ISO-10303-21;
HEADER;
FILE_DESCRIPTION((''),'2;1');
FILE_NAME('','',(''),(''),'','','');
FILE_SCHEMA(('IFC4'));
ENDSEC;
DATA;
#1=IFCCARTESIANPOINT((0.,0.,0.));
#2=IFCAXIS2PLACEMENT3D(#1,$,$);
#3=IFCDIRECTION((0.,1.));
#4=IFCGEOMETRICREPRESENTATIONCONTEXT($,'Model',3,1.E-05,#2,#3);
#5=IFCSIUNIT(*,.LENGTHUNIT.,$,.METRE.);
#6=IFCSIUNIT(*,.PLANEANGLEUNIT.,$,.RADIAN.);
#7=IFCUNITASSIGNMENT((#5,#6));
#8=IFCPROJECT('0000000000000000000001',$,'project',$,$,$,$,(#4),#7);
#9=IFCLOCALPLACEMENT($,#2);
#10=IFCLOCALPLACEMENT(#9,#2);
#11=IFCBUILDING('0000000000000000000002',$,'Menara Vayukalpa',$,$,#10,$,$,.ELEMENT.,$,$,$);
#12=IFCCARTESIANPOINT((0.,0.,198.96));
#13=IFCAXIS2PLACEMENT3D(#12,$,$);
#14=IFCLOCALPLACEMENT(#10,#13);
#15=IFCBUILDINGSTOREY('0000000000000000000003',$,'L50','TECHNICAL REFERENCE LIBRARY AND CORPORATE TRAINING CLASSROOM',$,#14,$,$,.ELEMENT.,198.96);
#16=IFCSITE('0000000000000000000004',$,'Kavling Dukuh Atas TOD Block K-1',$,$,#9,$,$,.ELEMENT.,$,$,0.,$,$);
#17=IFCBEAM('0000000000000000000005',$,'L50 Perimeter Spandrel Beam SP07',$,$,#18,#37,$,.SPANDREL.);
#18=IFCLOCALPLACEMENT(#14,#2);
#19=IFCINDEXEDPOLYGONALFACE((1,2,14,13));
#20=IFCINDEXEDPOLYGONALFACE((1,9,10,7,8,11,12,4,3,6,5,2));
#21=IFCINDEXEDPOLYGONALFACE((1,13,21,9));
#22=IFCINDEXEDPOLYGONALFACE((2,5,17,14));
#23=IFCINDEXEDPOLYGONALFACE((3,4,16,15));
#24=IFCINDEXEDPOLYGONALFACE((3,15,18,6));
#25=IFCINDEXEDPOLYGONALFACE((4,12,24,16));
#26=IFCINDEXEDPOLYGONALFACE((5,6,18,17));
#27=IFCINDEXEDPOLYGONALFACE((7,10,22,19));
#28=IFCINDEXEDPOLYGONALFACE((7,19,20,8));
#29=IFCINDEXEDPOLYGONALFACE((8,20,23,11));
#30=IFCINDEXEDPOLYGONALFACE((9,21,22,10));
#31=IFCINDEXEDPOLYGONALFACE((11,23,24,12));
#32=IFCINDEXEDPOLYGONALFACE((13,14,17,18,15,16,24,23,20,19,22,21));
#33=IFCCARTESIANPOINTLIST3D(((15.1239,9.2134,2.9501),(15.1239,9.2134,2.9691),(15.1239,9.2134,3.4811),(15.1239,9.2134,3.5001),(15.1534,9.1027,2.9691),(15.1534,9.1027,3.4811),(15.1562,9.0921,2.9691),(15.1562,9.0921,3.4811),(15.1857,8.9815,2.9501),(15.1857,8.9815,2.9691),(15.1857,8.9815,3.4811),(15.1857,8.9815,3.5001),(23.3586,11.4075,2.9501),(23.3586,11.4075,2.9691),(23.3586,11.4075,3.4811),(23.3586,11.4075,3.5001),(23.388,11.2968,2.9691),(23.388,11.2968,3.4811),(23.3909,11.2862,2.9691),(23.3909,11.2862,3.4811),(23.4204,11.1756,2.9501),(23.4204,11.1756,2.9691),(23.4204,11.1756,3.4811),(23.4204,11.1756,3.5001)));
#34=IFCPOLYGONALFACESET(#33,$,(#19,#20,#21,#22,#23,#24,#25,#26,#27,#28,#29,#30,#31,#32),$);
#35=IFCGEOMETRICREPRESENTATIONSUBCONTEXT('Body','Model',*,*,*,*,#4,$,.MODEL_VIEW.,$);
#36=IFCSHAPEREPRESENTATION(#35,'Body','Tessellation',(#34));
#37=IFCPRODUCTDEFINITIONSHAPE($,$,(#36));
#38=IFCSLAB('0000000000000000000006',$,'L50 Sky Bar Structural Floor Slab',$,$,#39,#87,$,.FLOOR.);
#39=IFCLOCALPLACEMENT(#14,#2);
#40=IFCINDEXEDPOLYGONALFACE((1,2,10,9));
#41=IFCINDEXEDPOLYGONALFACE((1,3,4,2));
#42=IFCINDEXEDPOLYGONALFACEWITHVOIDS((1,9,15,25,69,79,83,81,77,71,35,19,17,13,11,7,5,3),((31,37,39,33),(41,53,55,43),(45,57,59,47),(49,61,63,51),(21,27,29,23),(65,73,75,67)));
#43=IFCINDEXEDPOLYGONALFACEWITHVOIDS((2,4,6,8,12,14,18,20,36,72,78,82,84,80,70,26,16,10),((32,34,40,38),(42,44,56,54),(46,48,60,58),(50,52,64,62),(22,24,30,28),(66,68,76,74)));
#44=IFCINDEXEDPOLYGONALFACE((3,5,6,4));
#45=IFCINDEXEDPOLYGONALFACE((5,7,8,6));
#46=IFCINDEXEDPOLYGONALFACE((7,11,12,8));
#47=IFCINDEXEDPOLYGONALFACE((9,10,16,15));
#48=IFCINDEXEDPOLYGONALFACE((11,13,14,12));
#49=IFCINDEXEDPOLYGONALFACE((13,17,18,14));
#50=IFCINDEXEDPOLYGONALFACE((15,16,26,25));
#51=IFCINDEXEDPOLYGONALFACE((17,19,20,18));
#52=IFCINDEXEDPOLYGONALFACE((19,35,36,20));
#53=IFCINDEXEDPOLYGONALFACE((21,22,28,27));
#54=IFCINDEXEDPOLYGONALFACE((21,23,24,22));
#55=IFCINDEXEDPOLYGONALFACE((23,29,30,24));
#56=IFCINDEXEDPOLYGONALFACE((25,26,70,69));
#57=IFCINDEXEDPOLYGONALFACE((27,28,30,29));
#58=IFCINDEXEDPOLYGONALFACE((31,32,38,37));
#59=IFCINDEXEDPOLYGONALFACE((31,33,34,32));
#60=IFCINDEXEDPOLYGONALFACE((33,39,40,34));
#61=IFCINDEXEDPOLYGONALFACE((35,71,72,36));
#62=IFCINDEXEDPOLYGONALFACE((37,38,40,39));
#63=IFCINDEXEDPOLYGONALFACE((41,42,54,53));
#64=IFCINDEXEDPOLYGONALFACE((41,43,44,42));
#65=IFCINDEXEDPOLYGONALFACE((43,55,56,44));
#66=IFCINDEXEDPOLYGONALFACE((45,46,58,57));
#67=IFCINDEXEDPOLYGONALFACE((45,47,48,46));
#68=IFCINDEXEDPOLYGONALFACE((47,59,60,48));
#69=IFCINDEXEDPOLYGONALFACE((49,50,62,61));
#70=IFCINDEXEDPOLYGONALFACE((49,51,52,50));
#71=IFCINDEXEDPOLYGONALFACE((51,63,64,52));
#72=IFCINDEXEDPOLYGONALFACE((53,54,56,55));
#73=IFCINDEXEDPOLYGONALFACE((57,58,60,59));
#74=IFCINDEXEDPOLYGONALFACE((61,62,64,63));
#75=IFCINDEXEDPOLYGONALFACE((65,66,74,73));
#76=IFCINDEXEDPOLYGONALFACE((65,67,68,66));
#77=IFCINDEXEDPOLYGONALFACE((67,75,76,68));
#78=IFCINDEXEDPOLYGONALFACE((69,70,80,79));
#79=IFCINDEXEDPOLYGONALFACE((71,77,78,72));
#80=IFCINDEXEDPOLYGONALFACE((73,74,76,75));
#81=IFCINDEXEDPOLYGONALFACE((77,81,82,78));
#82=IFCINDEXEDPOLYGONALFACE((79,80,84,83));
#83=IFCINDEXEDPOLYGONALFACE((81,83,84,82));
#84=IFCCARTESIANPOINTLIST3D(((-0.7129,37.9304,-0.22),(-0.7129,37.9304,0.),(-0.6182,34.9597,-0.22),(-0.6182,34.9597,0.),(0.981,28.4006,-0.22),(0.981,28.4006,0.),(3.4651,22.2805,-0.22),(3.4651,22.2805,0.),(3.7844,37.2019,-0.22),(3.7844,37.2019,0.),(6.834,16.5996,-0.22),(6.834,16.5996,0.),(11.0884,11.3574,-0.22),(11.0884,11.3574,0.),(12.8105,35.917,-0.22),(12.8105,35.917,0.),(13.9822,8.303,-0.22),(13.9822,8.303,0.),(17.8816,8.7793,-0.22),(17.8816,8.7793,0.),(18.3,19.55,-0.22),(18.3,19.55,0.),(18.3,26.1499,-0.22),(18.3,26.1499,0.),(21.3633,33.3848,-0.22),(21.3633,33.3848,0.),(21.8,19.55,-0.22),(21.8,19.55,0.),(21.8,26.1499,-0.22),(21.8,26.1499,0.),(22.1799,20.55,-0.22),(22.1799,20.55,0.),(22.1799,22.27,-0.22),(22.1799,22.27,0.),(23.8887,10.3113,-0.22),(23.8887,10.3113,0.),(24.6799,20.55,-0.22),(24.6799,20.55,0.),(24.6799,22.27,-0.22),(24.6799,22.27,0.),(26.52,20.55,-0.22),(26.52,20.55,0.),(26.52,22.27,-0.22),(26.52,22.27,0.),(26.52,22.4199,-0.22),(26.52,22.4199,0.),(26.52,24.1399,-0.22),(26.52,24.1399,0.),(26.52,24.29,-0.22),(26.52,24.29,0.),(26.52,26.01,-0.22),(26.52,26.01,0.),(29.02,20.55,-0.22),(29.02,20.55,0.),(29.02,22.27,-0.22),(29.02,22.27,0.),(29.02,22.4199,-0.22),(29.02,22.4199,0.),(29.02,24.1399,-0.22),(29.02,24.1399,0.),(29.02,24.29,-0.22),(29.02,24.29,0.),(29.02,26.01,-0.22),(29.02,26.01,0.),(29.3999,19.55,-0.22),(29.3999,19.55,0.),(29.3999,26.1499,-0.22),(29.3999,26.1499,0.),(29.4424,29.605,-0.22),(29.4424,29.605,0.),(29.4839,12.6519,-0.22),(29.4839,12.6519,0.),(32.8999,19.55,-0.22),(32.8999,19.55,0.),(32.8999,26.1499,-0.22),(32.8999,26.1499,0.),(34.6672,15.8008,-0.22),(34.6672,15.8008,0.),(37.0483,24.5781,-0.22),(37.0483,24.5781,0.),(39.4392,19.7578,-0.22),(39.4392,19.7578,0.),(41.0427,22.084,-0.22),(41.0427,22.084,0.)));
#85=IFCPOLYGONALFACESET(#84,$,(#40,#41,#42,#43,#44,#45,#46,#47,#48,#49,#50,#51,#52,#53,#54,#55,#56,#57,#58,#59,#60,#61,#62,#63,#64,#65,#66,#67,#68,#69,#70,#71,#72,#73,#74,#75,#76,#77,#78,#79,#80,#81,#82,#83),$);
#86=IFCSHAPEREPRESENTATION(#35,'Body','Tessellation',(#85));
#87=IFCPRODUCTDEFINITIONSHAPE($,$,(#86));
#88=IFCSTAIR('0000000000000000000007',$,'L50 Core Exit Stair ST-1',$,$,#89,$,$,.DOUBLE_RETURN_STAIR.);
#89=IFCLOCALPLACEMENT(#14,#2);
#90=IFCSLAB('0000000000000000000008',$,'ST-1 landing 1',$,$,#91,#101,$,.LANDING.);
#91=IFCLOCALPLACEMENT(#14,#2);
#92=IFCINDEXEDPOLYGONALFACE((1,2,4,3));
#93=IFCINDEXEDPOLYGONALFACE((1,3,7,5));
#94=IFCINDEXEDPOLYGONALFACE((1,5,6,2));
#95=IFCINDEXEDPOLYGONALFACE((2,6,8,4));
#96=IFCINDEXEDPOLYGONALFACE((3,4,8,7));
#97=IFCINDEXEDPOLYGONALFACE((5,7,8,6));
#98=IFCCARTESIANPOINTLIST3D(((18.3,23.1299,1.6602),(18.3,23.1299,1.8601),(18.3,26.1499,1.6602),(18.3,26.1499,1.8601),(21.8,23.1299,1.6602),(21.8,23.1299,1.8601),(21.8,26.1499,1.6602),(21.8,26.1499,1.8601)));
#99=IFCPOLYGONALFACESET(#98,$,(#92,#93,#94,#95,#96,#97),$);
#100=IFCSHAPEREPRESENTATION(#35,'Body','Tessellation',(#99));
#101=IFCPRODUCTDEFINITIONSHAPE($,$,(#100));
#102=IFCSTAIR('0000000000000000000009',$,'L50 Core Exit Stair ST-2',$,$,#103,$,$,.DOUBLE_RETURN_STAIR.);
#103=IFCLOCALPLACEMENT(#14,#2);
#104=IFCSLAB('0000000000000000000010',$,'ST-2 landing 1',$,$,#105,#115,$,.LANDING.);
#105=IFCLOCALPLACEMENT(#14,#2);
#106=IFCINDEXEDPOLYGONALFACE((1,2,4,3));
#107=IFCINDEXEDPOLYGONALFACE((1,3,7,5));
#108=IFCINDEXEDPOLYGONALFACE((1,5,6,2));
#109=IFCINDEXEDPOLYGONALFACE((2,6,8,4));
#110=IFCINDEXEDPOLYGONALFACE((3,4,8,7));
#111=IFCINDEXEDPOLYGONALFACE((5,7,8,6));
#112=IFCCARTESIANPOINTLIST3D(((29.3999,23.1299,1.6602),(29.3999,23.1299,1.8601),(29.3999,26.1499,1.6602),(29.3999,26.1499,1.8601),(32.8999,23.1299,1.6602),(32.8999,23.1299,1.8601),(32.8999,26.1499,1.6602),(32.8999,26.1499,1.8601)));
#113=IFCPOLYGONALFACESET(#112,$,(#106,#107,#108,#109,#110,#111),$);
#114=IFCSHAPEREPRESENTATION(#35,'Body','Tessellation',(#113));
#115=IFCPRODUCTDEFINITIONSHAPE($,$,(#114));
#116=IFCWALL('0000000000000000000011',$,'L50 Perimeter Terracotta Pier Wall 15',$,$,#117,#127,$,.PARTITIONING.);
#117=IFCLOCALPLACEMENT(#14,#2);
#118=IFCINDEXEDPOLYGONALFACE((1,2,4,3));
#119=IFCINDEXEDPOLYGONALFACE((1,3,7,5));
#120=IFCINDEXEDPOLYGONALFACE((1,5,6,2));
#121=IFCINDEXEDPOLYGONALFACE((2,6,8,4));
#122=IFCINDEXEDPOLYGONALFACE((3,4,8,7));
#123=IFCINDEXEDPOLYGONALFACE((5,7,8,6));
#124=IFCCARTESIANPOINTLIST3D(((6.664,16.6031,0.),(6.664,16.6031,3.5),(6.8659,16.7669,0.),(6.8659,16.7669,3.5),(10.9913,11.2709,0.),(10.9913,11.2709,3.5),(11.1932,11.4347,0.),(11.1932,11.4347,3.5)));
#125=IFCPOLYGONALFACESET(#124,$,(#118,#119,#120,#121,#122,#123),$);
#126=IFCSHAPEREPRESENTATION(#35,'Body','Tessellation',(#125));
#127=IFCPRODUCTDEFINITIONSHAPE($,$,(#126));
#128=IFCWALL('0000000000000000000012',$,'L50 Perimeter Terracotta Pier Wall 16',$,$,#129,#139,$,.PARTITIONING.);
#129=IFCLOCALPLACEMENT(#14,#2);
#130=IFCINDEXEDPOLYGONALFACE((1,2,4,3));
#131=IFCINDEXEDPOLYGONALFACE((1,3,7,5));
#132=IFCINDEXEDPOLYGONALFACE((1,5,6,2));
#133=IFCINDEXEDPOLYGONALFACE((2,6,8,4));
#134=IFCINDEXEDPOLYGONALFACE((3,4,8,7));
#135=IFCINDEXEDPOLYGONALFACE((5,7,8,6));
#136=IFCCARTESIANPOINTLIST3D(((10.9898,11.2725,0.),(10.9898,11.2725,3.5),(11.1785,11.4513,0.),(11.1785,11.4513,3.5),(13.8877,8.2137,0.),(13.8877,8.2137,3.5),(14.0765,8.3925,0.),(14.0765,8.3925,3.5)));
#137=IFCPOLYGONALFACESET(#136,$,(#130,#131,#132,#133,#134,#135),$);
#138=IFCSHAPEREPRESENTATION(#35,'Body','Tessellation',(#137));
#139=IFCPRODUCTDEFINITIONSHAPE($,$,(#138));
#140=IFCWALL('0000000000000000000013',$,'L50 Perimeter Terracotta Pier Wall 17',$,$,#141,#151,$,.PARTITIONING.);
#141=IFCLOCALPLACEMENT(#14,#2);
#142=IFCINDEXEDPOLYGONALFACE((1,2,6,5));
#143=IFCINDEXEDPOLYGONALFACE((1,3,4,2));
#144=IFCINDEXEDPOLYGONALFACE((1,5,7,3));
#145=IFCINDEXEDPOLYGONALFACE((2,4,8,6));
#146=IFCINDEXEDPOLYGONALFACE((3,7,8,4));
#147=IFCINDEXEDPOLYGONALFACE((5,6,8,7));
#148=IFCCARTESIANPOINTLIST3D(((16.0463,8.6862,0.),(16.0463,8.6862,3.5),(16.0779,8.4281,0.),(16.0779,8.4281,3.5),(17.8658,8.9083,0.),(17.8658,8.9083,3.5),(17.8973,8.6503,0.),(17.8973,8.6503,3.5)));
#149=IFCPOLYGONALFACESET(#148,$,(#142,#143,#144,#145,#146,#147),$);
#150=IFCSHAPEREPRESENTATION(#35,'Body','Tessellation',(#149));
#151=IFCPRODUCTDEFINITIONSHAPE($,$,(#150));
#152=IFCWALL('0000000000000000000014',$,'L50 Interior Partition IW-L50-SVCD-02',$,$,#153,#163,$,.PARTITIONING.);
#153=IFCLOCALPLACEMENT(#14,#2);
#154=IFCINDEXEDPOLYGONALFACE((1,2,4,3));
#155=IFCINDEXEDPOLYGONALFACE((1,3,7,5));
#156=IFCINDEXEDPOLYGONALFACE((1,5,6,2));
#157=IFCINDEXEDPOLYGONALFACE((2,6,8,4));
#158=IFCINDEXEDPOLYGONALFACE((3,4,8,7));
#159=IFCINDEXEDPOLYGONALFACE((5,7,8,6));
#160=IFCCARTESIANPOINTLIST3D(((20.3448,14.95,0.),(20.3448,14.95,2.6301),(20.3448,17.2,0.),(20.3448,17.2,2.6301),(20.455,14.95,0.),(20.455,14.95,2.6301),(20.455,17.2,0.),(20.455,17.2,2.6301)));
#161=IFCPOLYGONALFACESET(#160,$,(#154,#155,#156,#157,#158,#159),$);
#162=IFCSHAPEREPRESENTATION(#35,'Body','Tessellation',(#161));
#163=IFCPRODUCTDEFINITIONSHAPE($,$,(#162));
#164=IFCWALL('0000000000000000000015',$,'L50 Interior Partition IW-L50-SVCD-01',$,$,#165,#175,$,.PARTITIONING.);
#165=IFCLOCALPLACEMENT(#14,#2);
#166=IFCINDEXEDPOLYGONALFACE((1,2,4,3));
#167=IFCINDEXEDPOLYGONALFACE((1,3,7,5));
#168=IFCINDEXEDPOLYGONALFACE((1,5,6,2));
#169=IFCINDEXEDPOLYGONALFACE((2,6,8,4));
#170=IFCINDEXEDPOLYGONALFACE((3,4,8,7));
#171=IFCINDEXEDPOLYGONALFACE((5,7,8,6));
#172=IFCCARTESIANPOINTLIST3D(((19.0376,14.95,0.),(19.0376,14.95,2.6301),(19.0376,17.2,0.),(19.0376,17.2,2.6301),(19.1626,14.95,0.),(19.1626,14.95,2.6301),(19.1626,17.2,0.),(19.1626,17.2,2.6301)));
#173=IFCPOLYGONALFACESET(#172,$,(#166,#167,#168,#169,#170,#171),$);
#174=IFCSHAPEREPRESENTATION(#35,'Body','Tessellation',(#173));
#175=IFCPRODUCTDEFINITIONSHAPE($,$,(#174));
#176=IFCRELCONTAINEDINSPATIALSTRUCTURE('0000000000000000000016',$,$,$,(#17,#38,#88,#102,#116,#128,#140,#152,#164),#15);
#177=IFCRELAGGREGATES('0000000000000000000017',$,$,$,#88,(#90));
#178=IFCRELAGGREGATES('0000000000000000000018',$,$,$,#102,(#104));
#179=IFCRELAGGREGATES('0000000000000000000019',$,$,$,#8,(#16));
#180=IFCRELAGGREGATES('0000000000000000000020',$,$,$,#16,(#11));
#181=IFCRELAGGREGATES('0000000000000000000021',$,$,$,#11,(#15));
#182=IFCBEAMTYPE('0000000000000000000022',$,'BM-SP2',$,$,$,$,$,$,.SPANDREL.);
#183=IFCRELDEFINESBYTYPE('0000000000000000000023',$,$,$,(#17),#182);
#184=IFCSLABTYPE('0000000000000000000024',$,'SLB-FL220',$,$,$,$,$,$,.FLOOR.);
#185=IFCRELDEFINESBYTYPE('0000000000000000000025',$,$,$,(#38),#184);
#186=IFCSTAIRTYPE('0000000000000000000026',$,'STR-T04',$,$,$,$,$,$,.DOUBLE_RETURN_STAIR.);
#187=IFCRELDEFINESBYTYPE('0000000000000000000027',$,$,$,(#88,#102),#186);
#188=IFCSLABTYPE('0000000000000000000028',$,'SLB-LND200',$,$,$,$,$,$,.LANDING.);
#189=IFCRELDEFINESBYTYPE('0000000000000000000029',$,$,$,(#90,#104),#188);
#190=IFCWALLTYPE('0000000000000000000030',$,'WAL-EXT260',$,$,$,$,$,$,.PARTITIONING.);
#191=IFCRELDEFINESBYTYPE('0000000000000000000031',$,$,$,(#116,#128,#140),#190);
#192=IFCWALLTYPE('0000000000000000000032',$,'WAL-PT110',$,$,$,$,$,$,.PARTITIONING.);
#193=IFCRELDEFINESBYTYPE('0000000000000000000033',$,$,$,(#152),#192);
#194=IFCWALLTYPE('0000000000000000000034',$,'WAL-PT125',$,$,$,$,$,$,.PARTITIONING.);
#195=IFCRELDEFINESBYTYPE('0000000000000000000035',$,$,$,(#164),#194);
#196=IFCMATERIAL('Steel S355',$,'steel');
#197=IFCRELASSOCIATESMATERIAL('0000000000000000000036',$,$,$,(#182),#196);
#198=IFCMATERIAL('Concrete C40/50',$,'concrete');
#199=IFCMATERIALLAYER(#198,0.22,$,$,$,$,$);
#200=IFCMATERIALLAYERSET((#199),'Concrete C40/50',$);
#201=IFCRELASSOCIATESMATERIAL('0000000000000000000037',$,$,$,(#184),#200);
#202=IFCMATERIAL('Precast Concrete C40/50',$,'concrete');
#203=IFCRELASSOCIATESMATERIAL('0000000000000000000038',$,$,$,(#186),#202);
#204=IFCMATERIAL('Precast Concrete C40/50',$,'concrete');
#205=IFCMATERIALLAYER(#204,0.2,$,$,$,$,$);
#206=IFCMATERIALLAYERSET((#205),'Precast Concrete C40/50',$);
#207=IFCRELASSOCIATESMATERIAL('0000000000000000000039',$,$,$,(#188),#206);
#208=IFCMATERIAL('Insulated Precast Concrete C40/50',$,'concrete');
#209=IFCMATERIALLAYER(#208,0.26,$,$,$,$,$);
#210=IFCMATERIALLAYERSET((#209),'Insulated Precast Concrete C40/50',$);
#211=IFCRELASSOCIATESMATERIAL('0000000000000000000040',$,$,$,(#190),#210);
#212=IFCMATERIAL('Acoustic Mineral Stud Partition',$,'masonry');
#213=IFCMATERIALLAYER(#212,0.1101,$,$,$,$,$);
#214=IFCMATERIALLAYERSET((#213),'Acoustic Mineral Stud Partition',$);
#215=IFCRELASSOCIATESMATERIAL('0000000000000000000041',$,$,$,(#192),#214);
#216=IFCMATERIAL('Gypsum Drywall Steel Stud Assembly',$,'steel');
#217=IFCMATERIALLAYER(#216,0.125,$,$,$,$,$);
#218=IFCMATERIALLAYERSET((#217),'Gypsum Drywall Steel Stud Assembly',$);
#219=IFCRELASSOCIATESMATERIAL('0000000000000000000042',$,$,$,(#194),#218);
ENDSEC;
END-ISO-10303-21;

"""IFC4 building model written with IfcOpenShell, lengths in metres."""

from ifc_helpers import new_model, si_unit, direction, frame, frame_2d, origin, origin_2d, place, context, subcontext, project, spatial, polyline, rectangle, i_section, outline, extrude, material, layer, layer_set, material_profile, profile_set, type_object, element, aggregate, save


model = new_model("IFC4")

# Units and contexts
model_context = context("Model", 3, precision=1e-05, world=origin(), true_north=direction((0.0, 1.0)))
body_context = subcontext(model_context, "Body", "Model", "MODEL_VIEW")
ifc_project = project(units=[si_unit("LENGTHUNIT", "METRE"), si_unit("PLANEANGLEUNIT", "RADIAN")], contexts=[model_context])

# Site, building, storey
site_placement = place(None, origin())
site = spatial("IfcSite", under=ifc_project, at=site_placement, Name="Kavling Dukuh Atas TOD Block K-1", CompositionType="ELEMENT", RefElevation=0.0)
building_placement = place(site_placement, origin())
building = spatial("IfcBuilding", under=site, at=building_placement, Name="Menara Vayukalpa", CompositionType="ELEMENT")
storey_placement = place(building_placement, frame((0.0, 0.0, 198.96)))
storey = spatial("IfcBuildingStorey", under=building, at=storey_placement, Name="L50", Description="TECHNICAL REFERENCE LIBRARY AND CORPORATE TRAINING CLASSROOM", CompositionType="ELEMENT", Elevation=198.96)

# Beam
ifc_material_1 = material(Name="Steel S355", Category="steel")
ifc_material_profile_1 = material_profile(ifc_material_1, i_section(OverallWidth=0.24, OverallDepth=0.55, WebThickness=0.011, FlangeThickness=0.019, at=origin_2d()), Name="WF 550x240x11x19")
ifc_profile_set_1 = profile_set([ifc_material_profile_1], Name="Steel S355")
beam_type_1 = type_object("IfcBeamType", Name="BM-SP2", PredefinedType="SPANDREL", material=ifc_profile_set_1)
beam_1_placement = place(storey_placement, frame((15.1548, 9.0974, 3.2251), z_axis=(0.966288, 0.257465, 0.0), x_axis=(-0.257465, 0.966288, 0.0)))
element("IfcBeam", 1, at=beam_1_placement, inside=storey, type_object=beam_type_1, Name="L50 Perimeter Spandrel Beam SP07", PredefinedType="SPANDREL", context=body_context, shape_type="SweptSolid", body=[
    extrude(i_section(OverallWidth=0.24, OverallDepth=0.55, WebThickness=0.011, FlangeThickness=0.019, at=origin_2d()), origin(), (0.0, 0.0, 1.0), 8.522),
])

# Slab
ifc_material_2 = material(Name="Concrete C40/50", Category="concrete")
ifc_layer_1 = layer(ifc_material_2, 0.22)
ifc_layer_set_1 = layer_set([ifc_layer_1], Name="Concrete C40/50")
slab_type_1 = type_object("IfcSlabType", Name="SLB-FL220", PredefinedType="FLOOR", material=ifc_layer_set_1)
slab_1_placement = place(storey_placement, frame((0.0, 0.0, -0.22)))
element("IfcSlab", 2, at=slab_1_placement, inside=storey, type_object=slab_type_1, Name="L50 Sky Bar Structural Floor Slab", PredefinedType="FLOOR", context=body_context, shape_type="SweptSolid", body=[
    extrude(outline(polyline([(39.4392, 19.7578), (41.0427, 22.084), (37.0483, 24.5781), (29.4424, 29.605), (21.3633, 33.3848), (12.8105, 35.917), (3.7844, 37.2019), (-0.7129, 37.9304), (-0.6182, 34.9597), (0.981, 28.4006), (3.4651, 22.2805), (6.834, 16.5996), (11.0884, 11.3574), (13.9822, 8.303), (17.8816, 8.7793), (23.8887, 10.3113), (29.4839, 12.6519), (34.6672, 15.8008), (39.4392, 19.7578)]), holes=[polyline([(21.8, 19.55), (21.8, 26.1499), (18.3, 26.1499), (18.3, 19.55), (21.8, 19.55)]), polyline([(32.8999, 19.55), (32.8999, 26.1499), (29.3999, 26.1499), (29.3999, 19.55), (32.8999, 19.55)]), polyline([(22.1799, 20.55), (24.6799, 20.55), (24.6799, 22.27), (22.1799, 22.27), (22.1799, 20.55)]), polyline([(26.52, 20.55), (29.02, 20.55), (29.02, 22.27), (26.52, 22.27), (26.52, 20.55)]), polyline([(26.52, 24.29), (29.02, 24.29), (29.02, 26.01), (26.52, 26.01), (26.52, 24.29)]), polyline([(26.52, 22.4199), (29.02, 22.4199), (29.02, 24.1399), (26.52, 24.1399), (26.52, 22.4199)])]), origin(), (0.0, 0.0, 1.0), 0.22),
])

# Stairs, slabs
ifc_material_3 = material(Name="Precast Concrete C40/50", Category="concrete")
stair_type = type_object("IfcStairType", Name="STR-T04", PredefinedType="DOUBLE_RETURN_STAIR", material=ifc_material_3)
stair_1_placement = place(storey_placement, origin())
stair_1 = element("IfcStair", 3, at=stair_1_placement, inside=storey, type_object=stair_type, Name="L50 Core Exit Stair ST-1", PredefinedType="DOUBLE_RETURN_STAIR")
ifc_material_4 = material(Name="Precast Concrete C40/50", Category="concrete")
ifc_layer_2 = layer(ifc_material_4, 0.2)
ifc_layer_set_2 = layer_set([ifc_layer_2], Name="Precast Concrete C40/50")
slab_type_2 = type_object("IfcSlabType", Name="SLB-LND200", PredefinedType="LANDING", material=ifc_layer_set_2)
slab_2_placement = place(storey_placement, frame((0.0, 0.0, 1.6602)))
slab_2 = element("IfcSlab", 4, at=slab_2_placement, type_object=slab_type_2, Name="ST-1 landing 1", PredefinedType="LANDING", context=body_context, shape_type="SweptSolid", body=[
    extrude(outline(polyline([(21.8, 23.1299), (21.8, 26.1499), (18.3, 26.1499), (18.3, 23.1299), (21.8, 23.1299)])), origin(), (0.0, 0.0, 1.0), 0.2),
])
aggregate(stair_1, [slab_2])
stair_2_placement = place(storey_placement, origin())
stair_2 = element("IfcStair", 5, at=stair_2_placement, inside=storey, type_object=stair_type, Name="L50 Core Exit Stair ST-2", PredefinedType="DOUBLE_RETURN_STAIR")
slab_3_placement = place(storey_placement, frame((0.0, 0.0, 1.6602)))
slab_3 = element("IfcSlab", 6, at=slab_3_placement, type_object=slab_type_2, Name="ST-2 landing 1", PredefinedType="LANDING", context=body_context, shape_type="SweptSolid", body=[
    extrude(outline(polyline([(32.8999, 23.1299), (32.8999, 26.1499), (29.3999, 26.1499), (29.3999, 23.1299), (32.8999, 23.1299)])), origin(), (0.0, 0.0, 1.0), 0.2),
])
aggregate(stair_2, [slab_3])

# Walls
ifc_material_5 = material(Name="Insulated Precast Concrete C40/50", Category="concrete")
ifc_layer_3 = layer(ifc_material_5, 0.26)
ifc_layer_set_3 = layer_set([ifc_layer_3], Name="Insulated Precast Concrete C40/50")
wall_type_1 = type_object("IfcWallType", Name="WAL-EXT260", PredefinedType="PARTITIONING", material=ifc_layer_set_3)
wall_1_placement = place(storey_placement, frame((11.0923, 11.3528, 0.0), z_axis=(0.0, 0.0, 1.0), x_axis=(-0.630147, 0.776476, 0.0)))
element("IfcWall", 7, at=wall_1_placement, inside=storey, type_object=wall_type_1, Name="L50 Perimeter Terracotta Pier Wall 15", PredefinedType="PARTITIONING", context=body_context, shape_type="SweptSolid", body=[
    extrude(rectangle(XDim=6.8672, YDim=0.26, at=frame_2d((3.4336, 0.0))), origin(), (0.0, 0.0, 1.0), 3.5),
])
wall_2_placement = place(storey_placement, frame((13.9822, 8.303, 0.0), z_axis=(0.0, 0.0, 1.0), x_axis=(-0.687758, 0.725941, 0.0)))
element("IfcWall", 8, at=wall_2_placement, inside=storey, type_object=wall_type_1, Name="L50 Perimeter Terracotta Pier Wall 16", PredefinedType="PARTITIONING", context=body_context, shape_type="SweptSolid", body=[
    extrude(rectangle(XDim=4.2136, YDim=0.26, at=frame_2d((2.1069, 0.0))), origin(), (0.0, 0.0, 1.0), 3.5),
])
wall_3_placement = place(storey_placement, frame((17.8816, 8.7793, 0.0), z_axis=(0.0, 0.0, 1.0), x_axis=(-0.992628, -0.121198, 0.0)))
element("IfcWall", 9, at=wall_3_placement, inside=storey, type_object=wall_type_1, Name="L50 Perimeter Terracotta Pier Wall 17", PredefinedType="PARTITIONING", context=body_context, shape_type="SweptSolid", body=[
    extrude(rectangle(XDim=1.833, YDim=0.26, at=frame_2d((0.9165, 0.0))), origin(), (0.0, 0.0, 1.0), 3.5),
])
ifc_material_6 = material(Name="Acoustic Mineral Stud Partition", Category="masonry")
ifc_layer_4 = layer(ifc_material_6, 0.1101)
ifc_layer_set_4 = layer_set([ifc_layer_4], Name="Acoustic Mineral Stud Partition")
wall_type_2 = type_object("IfcWallType", Name="WAL-PT110", PredefinedType="PARTITIONING", material=ifc_layer_set_4)
wall_4_placement = place(storey_placement, frame((20.3999, 14.95, 0.0), z_axis=(0.0, 0.0, 1.0), x_axis=(0.0, 1.0, 0.0)))
element("IfcWall", 10, at=wall_4_placement, inside=storey, type_object=wall_type_2, Name="L50 Interior Partition IW-L50-SVCD-02", PredefinedType="PARTITIONING", context=body_context, shape_type="SweptSolid", body=[
    extrude(rectangle(XDim=2.25, YDim=0.1101, at=frame_2d((1.125, 0.0))), origin(), (0.0, 0.0, 1.0), 2.6301),
])
ifc_material_7 = material(Name="Gypsum Drywall Steel Stud Assembly", Category="steel")
ifc_layer_5 = layer(ifc_material_7, 0.125)
ifc_layer_set_5 = layer_set([ifc_layer_5], Name="Gypsum Drywall Steel Stud Assembly")
wall_type_3 = type_object("IfcWallType", Name="WAL-PT125", PredefinedType="PARTITIONING", material=ifc_layer_set_5)
wall_5_placement = place(storey_placement, frame((19.1001, 14.95, 0.0), z_axis=(0.0, 0.0, 1.0), x_axis=(0.0, 1.0, 0.0)))
element("IfcWall", 11, at=wall_5_placement, inside=storey, type_object=wall_type_3, Name="L50 Interior Partition IW-L50-SVCD-01", PredefinedType="PARTITIONING", context=body_context, shape_type="SweptSolid", body=[
    extrude(rectangle(XDim=2.25, YDim=0.125, at=frame_2d((1.125, 0.0))), origin(), (0.0, 0.0, 1.0), 2.6301),
])

save(model, "model.ifc")
